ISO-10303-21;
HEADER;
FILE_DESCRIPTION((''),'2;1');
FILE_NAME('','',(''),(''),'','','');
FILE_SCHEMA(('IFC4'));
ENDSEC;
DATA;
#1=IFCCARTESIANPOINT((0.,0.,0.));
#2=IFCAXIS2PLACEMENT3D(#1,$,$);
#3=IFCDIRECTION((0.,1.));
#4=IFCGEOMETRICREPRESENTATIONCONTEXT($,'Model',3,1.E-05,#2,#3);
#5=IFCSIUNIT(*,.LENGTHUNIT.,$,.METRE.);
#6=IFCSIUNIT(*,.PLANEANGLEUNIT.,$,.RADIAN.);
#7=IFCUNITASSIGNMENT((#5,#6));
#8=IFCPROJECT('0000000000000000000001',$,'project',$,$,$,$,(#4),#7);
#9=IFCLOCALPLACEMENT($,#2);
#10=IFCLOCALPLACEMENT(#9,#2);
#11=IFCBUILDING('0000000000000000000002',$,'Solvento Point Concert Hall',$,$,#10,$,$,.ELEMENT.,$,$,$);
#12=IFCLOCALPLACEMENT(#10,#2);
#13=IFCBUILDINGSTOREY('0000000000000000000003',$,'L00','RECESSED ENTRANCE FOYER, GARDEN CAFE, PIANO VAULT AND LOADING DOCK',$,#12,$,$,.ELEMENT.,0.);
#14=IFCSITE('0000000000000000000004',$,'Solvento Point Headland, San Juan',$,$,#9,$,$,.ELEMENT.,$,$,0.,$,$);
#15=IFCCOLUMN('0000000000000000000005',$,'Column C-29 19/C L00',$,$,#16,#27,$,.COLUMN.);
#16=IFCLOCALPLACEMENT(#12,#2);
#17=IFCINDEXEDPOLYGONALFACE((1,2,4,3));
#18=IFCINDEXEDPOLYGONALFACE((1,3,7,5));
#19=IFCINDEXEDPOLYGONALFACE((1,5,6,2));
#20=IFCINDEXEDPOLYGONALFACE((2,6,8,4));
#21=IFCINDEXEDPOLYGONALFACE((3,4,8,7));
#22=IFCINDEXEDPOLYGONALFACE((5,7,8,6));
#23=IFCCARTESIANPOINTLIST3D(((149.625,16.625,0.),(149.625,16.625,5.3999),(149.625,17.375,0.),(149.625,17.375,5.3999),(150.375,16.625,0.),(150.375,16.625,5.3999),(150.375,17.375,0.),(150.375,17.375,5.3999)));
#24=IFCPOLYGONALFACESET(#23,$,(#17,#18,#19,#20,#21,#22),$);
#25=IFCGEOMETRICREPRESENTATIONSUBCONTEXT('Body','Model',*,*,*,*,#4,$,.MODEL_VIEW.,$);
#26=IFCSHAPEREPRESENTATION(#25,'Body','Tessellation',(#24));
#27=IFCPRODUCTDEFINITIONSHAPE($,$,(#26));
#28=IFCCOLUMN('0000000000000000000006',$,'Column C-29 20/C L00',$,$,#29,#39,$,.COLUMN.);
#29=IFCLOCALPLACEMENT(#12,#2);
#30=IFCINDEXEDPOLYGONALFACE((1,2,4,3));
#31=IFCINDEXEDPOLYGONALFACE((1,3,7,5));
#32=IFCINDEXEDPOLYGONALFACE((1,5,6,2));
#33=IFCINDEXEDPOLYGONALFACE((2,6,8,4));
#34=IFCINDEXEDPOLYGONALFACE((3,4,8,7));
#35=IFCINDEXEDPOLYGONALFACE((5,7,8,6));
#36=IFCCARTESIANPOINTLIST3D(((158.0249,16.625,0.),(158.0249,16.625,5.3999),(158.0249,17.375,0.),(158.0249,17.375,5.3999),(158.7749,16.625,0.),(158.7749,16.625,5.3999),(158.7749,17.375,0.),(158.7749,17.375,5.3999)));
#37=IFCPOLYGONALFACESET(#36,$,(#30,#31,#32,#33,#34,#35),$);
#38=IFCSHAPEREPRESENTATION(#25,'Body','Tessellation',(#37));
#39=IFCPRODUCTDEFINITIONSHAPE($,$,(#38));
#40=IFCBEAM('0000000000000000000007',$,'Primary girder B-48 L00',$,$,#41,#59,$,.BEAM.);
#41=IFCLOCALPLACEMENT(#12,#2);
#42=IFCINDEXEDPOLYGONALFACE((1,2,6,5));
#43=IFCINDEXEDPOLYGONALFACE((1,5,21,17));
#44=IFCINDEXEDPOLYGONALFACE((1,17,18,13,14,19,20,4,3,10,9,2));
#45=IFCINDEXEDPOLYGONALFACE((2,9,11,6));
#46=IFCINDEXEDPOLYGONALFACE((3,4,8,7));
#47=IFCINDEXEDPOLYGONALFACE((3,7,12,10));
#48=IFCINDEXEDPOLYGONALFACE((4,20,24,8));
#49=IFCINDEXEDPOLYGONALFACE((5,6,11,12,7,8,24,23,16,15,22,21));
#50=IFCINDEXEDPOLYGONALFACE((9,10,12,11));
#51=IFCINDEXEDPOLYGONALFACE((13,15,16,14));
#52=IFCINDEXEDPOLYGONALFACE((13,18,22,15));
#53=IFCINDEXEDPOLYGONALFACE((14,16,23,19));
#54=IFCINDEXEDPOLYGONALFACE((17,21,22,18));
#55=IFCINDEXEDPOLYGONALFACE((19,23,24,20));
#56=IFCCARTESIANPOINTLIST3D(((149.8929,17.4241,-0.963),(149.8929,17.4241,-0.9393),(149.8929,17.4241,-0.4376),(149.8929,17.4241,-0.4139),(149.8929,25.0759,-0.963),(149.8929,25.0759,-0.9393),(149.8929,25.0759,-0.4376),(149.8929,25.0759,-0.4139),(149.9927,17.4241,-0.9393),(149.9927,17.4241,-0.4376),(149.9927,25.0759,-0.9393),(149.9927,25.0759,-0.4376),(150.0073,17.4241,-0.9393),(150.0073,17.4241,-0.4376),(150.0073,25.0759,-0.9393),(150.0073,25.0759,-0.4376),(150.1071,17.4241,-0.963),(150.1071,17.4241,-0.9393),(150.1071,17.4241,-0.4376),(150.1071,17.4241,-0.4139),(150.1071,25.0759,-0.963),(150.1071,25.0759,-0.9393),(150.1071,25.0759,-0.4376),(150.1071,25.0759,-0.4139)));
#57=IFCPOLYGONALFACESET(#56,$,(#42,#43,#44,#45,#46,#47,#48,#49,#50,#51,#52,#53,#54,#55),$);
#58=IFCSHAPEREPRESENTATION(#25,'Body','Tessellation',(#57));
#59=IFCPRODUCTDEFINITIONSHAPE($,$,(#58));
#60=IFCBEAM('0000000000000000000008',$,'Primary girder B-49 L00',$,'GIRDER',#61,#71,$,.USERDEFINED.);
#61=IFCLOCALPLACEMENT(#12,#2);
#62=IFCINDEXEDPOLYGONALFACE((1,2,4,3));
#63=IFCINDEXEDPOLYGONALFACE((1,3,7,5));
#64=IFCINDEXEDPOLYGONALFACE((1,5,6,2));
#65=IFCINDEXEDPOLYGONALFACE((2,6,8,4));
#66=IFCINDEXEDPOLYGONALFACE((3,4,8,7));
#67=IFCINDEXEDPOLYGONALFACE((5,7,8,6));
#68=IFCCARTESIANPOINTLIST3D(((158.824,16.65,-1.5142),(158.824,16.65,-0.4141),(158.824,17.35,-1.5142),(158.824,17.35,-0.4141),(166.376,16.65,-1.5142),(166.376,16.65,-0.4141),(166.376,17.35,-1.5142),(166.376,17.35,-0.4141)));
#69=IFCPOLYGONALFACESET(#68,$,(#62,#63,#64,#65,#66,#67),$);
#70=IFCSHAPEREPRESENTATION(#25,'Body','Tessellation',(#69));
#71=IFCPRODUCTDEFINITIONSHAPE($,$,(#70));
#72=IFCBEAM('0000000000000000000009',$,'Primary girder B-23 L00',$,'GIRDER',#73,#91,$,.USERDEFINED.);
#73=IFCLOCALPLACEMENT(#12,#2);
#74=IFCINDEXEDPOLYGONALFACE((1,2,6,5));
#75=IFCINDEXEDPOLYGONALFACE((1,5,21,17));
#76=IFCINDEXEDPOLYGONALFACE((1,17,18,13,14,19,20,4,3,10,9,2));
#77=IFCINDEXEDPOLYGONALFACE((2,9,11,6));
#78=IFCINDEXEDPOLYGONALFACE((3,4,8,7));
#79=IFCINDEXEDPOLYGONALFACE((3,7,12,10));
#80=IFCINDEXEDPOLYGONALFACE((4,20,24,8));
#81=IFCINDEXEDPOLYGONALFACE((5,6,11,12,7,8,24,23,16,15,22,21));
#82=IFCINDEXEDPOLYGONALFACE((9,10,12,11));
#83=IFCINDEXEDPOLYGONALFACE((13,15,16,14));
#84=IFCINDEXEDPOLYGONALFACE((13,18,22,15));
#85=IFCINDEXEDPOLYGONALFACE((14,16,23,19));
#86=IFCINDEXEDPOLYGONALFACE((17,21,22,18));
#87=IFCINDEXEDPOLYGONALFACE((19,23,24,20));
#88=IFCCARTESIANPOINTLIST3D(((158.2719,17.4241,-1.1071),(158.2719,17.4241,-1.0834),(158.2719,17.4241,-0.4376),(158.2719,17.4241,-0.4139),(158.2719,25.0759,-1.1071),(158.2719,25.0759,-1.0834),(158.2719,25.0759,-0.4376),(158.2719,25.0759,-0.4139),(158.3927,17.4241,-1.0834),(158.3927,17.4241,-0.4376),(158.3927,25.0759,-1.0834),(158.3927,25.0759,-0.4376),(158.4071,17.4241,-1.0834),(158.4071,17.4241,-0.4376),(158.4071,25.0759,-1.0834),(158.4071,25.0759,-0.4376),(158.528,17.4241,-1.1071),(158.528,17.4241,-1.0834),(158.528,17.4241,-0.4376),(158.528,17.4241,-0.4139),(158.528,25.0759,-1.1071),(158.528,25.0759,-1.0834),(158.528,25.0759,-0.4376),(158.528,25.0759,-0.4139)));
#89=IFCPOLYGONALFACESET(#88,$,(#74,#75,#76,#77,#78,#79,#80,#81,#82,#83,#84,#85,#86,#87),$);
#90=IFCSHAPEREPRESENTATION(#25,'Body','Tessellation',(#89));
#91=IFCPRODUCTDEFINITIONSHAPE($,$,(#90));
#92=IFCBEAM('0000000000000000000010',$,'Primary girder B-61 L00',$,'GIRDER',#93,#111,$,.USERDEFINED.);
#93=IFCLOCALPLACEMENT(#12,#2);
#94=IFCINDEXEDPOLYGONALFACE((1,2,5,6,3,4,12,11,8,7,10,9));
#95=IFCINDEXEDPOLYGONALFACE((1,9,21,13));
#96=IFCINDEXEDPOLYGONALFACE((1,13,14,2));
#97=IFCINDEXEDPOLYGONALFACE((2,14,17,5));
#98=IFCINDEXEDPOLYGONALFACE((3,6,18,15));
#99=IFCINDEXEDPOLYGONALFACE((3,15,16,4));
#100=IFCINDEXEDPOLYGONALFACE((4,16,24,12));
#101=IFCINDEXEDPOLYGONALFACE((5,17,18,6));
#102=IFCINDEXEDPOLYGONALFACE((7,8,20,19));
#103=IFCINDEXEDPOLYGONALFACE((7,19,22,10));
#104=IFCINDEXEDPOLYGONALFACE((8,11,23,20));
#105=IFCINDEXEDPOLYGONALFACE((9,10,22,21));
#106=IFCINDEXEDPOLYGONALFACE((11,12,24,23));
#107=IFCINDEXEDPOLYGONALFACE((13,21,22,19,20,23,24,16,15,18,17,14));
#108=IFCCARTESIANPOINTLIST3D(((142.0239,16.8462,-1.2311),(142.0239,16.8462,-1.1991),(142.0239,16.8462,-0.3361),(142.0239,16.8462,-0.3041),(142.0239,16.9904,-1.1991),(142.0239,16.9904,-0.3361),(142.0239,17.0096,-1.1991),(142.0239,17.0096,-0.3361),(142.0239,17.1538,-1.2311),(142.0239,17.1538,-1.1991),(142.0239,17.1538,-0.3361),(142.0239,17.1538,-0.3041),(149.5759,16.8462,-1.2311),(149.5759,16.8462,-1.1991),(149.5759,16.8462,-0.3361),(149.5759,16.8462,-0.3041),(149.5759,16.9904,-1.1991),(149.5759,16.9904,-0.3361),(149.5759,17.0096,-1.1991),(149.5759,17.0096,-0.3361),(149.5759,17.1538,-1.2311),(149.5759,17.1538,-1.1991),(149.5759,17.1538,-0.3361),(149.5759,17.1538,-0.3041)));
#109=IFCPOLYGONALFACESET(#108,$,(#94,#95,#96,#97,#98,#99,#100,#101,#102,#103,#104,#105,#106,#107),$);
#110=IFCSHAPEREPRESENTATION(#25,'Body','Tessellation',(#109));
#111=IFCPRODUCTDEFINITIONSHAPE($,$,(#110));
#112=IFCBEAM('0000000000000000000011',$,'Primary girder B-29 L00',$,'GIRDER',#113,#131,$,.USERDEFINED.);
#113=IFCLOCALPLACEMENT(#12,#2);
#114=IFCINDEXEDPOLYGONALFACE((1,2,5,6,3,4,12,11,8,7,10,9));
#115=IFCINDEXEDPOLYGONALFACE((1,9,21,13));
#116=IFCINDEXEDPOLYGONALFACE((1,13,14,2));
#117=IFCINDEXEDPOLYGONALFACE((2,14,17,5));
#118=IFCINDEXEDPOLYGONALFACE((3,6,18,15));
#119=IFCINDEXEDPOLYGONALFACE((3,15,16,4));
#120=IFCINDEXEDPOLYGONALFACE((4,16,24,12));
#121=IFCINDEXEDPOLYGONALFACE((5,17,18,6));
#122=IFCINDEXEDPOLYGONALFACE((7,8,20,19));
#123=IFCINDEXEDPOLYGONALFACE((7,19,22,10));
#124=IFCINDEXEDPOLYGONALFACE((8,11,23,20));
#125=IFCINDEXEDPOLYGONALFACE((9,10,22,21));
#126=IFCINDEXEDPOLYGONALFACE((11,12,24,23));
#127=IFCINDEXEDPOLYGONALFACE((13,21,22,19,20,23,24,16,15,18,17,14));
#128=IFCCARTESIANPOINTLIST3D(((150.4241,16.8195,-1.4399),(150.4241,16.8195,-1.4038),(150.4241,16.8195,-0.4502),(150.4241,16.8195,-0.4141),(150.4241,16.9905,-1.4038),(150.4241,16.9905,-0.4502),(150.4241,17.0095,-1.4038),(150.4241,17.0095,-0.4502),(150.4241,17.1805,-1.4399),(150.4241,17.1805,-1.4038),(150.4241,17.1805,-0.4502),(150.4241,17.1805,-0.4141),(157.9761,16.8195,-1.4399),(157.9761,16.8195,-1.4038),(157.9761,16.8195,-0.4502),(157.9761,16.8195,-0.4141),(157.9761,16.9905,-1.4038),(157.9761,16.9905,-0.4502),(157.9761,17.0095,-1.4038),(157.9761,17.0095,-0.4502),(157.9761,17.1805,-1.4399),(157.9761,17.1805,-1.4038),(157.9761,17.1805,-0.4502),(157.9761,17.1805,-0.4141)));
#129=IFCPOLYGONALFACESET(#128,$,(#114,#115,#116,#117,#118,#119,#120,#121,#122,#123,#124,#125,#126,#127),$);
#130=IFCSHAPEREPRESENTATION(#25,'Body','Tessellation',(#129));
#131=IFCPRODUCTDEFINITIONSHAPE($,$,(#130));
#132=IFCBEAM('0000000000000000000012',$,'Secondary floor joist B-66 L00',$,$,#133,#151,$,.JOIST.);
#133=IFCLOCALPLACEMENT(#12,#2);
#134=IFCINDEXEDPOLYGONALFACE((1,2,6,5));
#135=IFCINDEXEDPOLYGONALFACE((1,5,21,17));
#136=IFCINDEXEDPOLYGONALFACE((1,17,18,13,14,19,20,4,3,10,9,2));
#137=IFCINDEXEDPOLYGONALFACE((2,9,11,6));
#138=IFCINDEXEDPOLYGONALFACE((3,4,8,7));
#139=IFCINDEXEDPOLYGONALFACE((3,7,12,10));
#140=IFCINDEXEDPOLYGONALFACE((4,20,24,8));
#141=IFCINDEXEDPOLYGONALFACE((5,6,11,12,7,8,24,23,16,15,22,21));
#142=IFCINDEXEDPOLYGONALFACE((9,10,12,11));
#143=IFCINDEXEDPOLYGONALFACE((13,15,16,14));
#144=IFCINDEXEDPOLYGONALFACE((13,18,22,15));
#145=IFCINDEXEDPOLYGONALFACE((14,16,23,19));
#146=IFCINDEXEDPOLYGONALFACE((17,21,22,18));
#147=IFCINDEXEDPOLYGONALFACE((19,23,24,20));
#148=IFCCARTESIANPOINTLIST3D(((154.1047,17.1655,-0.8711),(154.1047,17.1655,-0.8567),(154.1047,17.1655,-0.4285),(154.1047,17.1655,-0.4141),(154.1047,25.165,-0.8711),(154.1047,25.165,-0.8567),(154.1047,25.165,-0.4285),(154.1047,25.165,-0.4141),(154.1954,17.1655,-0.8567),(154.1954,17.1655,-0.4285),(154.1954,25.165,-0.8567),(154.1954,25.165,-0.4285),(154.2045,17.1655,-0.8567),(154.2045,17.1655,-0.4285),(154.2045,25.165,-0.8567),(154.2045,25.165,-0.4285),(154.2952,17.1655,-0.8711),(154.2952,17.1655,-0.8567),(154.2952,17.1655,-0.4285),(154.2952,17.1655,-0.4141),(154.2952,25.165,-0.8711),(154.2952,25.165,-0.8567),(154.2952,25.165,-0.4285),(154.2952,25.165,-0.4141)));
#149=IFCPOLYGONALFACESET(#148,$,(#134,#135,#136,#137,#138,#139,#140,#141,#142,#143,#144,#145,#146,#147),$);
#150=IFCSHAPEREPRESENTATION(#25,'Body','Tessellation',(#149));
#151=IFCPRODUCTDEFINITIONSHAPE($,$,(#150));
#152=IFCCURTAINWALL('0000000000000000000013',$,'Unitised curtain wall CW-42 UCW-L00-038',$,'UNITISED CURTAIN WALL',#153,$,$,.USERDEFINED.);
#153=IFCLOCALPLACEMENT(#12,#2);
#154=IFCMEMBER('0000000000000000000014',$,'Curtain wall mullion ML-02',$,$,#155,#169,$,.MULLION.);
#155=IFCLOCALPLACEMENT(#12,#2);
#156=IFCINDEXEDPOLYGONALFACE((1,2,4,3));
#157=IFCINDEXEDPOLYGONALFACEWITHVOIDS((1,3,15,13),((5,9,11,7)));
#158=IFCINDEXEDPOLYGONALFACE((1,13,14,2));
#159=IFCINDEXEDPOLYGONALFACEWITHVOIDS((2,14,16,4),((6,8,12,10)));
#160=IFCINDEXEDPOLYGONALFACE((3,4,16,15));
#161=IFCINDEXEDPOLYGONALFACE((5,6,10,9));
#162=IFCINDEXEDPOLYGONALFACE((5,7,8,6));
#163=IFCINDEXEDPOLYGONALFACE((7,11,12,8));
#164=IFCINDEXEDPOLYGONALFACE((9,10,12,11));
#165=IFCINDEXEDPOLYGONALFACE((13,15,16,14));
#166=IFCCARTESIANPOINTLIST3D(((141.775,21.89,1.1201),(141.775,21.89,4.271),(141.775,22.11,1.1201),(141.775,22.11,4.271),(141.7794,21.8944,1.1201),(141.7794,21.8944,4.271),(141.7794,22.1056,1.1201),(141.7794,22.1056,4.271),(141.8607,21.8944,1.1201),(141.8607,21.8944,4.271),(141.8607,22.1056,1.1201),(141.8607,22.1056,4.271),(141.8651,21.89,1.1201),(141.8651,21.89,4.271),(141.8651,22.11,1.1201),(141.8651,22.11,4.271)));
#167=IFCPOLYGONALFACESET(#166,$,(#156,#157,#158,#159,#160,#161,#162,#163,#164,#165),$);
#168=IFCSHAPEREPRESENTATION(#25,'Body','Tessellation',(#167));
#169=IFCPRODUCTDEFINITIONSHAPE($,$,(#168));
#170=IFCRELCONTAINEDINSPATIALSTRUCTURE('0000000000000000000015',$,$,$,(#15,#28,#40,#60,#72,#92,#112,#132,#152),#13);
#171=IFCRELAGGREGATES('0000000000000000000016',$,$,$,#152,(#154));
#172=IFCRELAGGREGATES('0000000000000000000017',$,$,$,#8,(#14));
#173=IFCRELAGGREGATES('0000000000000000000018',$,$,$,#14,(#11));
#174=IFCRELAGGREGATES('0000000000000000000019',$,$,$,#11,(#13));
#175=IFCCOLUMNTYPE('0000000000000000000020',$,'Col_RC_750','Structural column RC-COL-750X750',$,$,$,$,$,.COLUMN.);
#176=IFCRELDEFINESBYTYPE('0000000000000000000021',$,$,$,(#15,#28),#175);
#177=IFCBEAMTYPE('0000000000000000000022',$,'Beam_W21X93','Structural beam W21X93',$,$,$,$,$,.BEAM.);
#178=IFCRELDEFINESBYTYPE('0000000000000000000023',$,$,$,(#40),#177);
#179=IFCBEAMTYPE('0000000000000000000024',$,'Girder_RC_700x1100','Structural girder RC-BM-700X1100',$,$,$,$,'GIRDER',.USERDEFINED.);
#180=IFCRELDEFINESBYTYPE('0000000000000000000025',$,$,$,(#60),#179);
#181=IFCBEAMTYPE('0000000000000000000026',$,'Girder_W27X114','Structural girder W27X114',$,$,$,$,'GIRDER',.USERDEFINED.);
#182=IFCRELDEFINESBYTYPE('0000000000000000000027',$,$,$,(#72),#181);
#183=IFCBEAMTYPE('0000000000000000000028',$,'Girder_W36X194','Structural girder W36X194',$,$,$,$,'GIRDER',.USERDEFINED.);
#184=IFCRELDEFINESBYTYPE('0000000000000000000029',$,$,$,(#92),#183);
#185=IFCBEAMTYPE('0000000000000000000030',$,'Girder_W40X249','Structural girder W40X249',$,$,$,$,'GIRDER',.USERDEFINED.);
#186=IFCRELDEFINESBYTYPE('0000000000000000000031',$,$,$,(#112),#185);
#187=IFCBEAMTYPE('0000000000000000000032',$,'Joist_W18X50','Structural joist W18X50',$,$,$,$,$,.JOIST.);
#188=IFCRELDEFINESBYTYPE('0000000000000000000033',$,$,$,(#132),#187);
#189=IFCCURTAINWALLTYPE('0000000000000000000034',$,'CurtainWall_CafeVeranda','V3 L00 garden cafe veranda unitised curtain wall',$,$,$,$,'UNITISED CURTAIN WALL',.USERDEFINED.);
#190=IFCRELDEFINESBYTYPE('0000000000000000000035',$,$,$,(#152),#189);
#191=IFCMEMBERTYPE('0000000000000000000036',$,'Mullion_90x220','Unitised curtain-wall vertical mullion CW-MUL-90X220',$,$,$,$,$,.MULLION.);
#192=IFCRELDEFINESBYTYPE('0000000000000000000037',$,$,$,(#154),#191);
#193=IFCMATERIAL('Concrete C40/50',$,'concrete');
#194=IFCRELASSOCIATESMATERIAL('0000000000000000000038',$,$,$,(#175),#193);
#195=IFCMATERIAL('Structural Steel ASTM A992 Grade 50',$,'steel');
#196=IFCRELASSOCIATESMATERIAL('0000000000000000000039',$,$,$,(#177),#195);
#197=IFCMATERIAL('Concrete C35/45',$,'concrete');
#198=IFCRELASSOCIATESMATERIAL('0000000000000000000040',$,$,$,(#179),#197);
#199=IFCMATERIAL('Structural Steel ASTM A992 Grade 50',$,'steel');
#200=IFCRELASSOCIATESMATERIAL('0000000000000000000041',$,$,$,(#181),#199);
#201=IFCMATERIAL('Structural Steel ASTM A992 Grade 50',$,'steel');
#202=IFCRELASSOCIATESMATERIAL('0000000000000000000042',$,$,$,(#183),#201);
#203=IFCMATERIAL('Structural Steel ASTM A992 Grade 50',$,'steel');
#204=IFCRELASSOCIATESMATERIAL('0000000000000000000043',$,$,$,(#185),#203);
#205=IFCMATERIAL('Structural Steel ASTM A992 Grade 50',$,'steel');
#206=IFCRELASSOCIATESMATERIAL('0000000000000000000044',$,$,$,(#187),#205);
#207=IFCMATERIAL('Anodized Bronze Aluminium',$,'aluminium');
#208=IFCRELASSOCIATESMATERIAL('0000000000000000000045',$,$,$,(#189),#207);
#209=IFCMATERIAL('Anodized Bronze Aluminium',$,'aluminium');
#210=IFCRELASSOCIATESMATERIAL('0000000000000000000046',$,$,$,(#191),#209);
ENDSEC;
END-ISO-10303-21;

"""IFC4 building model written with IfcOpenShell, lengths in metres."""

from ifc_helpers import new_model, si_unit, direction, frame, origin, origin_2d, place, context, subcontext, project, spatial, rectangle, hollow_rectangle, i_section, extrude, material, material_profile, profile_set, type_object, element, aggregate, save


model = new_model("IFC4")

# Units and contexts
model_context = context("Model", 3, precision=1e-05, world=origin(), true_north=direction((0.0, 1.0)))
body_context = subcontext(model_context, "Body", "Model", "MODEL_VIEW")
ifc_project = project(units=[si_unit("LENGTHUNIT", "METRE"), si_unit("PLANEANGLEUNIT", "RADIAN")], contexts=[model_context])

# Site, building, storey
site_placement = place(None, origin())
site = spatial("IfcSite", under=ifc_project, at=site_placement, Name="Solvento Point Headland, San Juan", CompositionType="ELEMENT", RefElevation=0.0)
building_placement = place(site_placement, origin())
building = spatial("IfcBuilding", under=site, at=building_placement, Name="Solvento Point Concert Hall", CompositionType="ELEMENT")
storey_placement = place(building_placement, origin())
storey = spatial("IfcBuildingStorey", under=building, at=storey_placement, Name="L00", Description="RECESSED ENTRANCE FOYER, GARDEN CAFE, PIANO VAULT AND LOADING DOCK", CompositionType="ELEMENT", Elevation=0.0)

# Columns
ifc_material_1 = material(Name="Concrete C40/50", Category="concrete")
ifc_material_profile_1 = material_profile(ifc_material_1, rectangle(XDim=0.75, YDim=0.75, at=origin_2d()), Name="RC-COL-750X750")
ifc_profile_set_1 = profile_set([ifc_material_profile_1], Name="Concrete C40/50")
column_type = type_object("IfcColumnType", Name="Col_RC_750", Description="Structural column RC-COL-750X750", PredefinedType="COLUMN", material=ifc_profile_set_1)
for number, where, z_axis, x_axis, name in (
    (1, (150.0, 17.0, 0.0), (0.0, 0.0, 1.0), (1.0, 0.0, 0.0), "Column C-29 19/C L00"),
    (2, (158.3999, 17.0, 0.0), (0.0, 0.0, 1.0), (1.0, 0.0, 0.0), "Column C-29 20/C L00"),
):
    element("IfcColumn", number, at=place(storey_placement, frame(where, z_axis=z_axis, x_axis=x_axis)), inside=storey, type_object=column_type, Name=name, PredefinedType="COLUMN", context=body_context, shape_type="SweptSolid", body=[
        extrude(rectangle(XDim=0.75, YDim=0.75, at=origin_2d()), origin(), (0.0, 0.0, 1.0), 5.3999),
    ])

# Beams
ifc_material_2 = material(Name="Structural Steel ASTM A992 Grade 50", Category="steel")
ifc_material_profile_2 = material_profile(ifc_material_2, i_section(OverallWidth=0.2141, OverallDepth=0.5491, WebThickness=0.0146, FlangeThickness=0.0237, at=origin_2d()), Name="W21X93")
ifc_profile_set_2 = profile_set([ifc_material_profile_2], Name="Structural Steel ASTM A992 Grade 50")
beam_type_1 = type_object("IfcBeamType", Name="Beam_W21X93", Description="Structural beam W21X93", PredefinedType="BEAM", material=ifc_profile_set_2)
beam_1_placement = place(storey_placement, frame((150.0, 17.4241, -0.6885), z_axis=(0.0, 1.0, 0.0), x_axis=(-1.0, 0.0, 0.0)))
element("IfcBeam", 3, at=beam_1_placement, inside=storey, type_object=beam_type_1, Name="Primary girder B-48 L00", PredefinedType="BEAM", context=body_context, shape_type="SweptSolid", body=[
    extrude(i_section(OverallWidth=0.2141, OverallDepth=0.5491, WebThickness=0.0146, FlangeThickness=0.0237, at=origin_2d()), origin(), (0.0, 0.0, 1.0), 7.6519),
])
ifc_material_3 = material(Name="Concrete C35/45", Category="concrete")
ifc_material_profile_3 = material_profile(ifc_material_3, rectangle(XDim=0.7, YDim=1.1001, at=origin_2d()), Name="RC-BM-700X1100")
ifc_profile_set_3 = profile_set([ifc_material_profile_3], Name="Concrete C35/45")
beam_type_2 = type_object("IfcBeamType", Name="Girder_RC_700x1100", Description="Structural girder RC-BM-700X1100", ElementType="GIRDER", PredefinedType="USERDEFINED", material=ifc_profile_set_3)
beam_2_placement = place(storey_placement, frame((158.824, 17.0, -0.9641), z_axis=(1.0, 0.0, 0.0), x_axis=(0.0, 1.0, 0.0)))
element("IfcBeam", 4, at=beam_2_placement, inside=storey, type_object=beam_type_2, Name="Primary girder B-49 L00", ObjectType="GIRDER", PredefinedType="USERDEFINED", context=body_context, shape_type="SweptSolid", body=[
    extrude(rectangle(XDim=0.7, YDim=1.1001, at=origin_2d()), origin(), (0.0, 0.0, 1.0), 7.552),
])
ifc_material_4 = material(Name="Structural Steel ASTM A992 Grade 50", Category="steel")
ifc_material_profile_4 = material_profile(ifc_material_4, i_section(OverallWidth=0.2561, OverallDepth=0.6931, WebThickness=0.0144, FlangeThickness=0.0237, at=origin_2d()), Name="W27X114")
ifc_profile_set_4 = profile_set([ifc_material_profile_4], Name="Structural Steel ASTM A992 Grade 50")
beam_type_3 = type_object("IfcBeamType", Name="Girder_W27X114", Description="Structural girder W27X114", ElementType="GIRDER", PredefinedType="USERDEFINED", material=ifc_profile_set_4)
beam_3_placement = place(storey_placement, frame((158.3999, 17.4241, -0.7605), z_axis=(0.0, 1.0, 0.0), x_axis=(-1.0, 0.0, 0.0)))
element("IfcBeam", 5, at=beam_3_placement, inside=storey, type_object=beam_type_3, Name="Primary girder B-23 L00", ObjectType="GIRDER", PredefinedType="USERDEFINED", context=body_context, shape_type="SweptSolid", body=[
    extrude(i_section(OverallWidth=0.2561, OverallDepth=0.6931, WebThickness=0.0144, FlangeThickness=0.0237, at=origin_2d()), origin(), (0.0, 0.0, 1.0), 7.6519),
])
ifc_material_5 = material(Name="Structural Steel ASTM A992 Grade 50", Category="steel")
ifc_material_profile_5 = material_profile(ifc_material_5, i_section(OverallWidth=0.3076, OverallDepth=0.927, WebThickness=0.0193, FlangeThickness=0.032, at=origin_2d()), Name="W36X194")
ifc_profile_set_5 = profile_set([ifc_material_profile_5], Name="Structural Steel ASTM A992 Grade 50")
beam_type_4 = type_object("IfcBeamType", Name="Girder_W36X194", Description="Structural girder W36X194", ElementType="GIRDER", PredefinedType="USERDEFINED", material=ifc_profile_set_5)
beam_4_placement = place(storey_placement, frame((142.0239, 17.0, -0.7676), z_axis=(1.0, 0.0, 0.0), x_axis=(0.0, 1.0, 0.0)))
element("IfcBeam", 6, at=beam_4_placement, inside=storey, type_object=beam_type_4, Name="Primary girder B-61 L00", ObjectType="GIRDER", PredefinedType="USERDEFINED", context=body_context, shape_type="SweptSolid", body=[
    extrude(i_section(OverallWidth=0.3076, OverallDepth=0.927, WebThickness=0.0193, FlangeThickness=0.032, at=origin_2d()), origin(), (0.0, 0.0, 1.0), 7.552),
])
ifc_material_6 = material(Name="Structural Steel ASTM A992 Grade 50", Category="steel")
ifc_material_profile_6 = material_profile(ifc_material_6, i_section(OverallWidth=0.3611, OverallDepth=1.0259, WebThickness=0.019, FlangeThickness=0.0361, at=origin_2d()), Name="W40X249")
ifc_profile_set_6 = profile_set([ifc_material_profile_6], Name="Structural Steel ASTM A992 Grade 50")
beam_type_5 = type_object("IfcBeamType", Name="Girder_W40X249", Description="Structural girder W40X249", ElementType="GIRDER", PredefinedType="USERDEFINED", material=ifc_profile_set_6)
beam_5_placement = place(storey_placement, frame((150.4241, 17.0, -0.927), z_axis=(1.0, 0.0, 0.0), x_axis=(0.0, 1.0, 0.0)))
element("IfcBeam", 7, at=beam_5_placement, inside=storey, type_object=beam_type_5, Name="Primary girder B-29 L00", ObjectType="GIRDER", PredefinedType="USERDEFINED", context=body_context, shape_type="SweptSolid", body=[
    extrude(i_section(OverallWidth=0.3611, OverallDepth=1.0259, WebThickness=0.019, FlangeThickness=0.0361, at=origin_2d()), origin(), (0.0, 0.0, 1.0), 7.552),
])
ifc_material_7 = material(Name="Structural Steel ASTM A992 Grade 50", Category="steel")
ifc_material_profile_7 = material_profile(ifc_material_7, i_section(OverallWidth=0.1904, OverallDepth=0.457, WebThickness=0.009, FlangeThickness=0.0144, at=origin_2d()), Name="W18X50")
ifc_profile_set_7 = profile_set([ifc_material_profile_7], Name="Structural Steel ASTM A992 Grade 50")
beam_type_6 = type_object("IfcBeamType", Name="Joist_W18X50", Description="Structural joist W18X50", PredefinedType="JOIST", material=ifc_profile_set_7)
beam_6_placement = place(storey_placement, frame((154.2, 17.1655, -0.6426), z_axis=(0.0, 1.0, 0.0), x_axis=(-1.0, 0.0, 0.0)))
element("IfcBeam", 8, at=beam_6_placement, inside=storey, type_object=beam_type_6, Name="Secondary floor joist B-66 L00", PredefinedType="JOIST", context=body_context, shape_type="SweptSolid", body=[
    extrude(i_section(OverallWidth=0.1904, OverallDepth=0.457, WebThickness=0.009, FlangeThickness=0.0144, at=origin_2d()), origin(), (0.0, 0.0, 1.0), 7.9995),
])

# Curtain wall, member
ifc_material_8 = material(Name="Anodized Bronze Aluminium", Category="aluminium")
curtain_wall_type = type_object("IfcCurtainWallType", Name="CurtainWall_CafeVeranda", Description="V3 L00 garden cafe veranda unitised curtain wall", ElementType="UNITISED CURTAIN WALL", PredefinedType="USERDEFINED", material=ifc_material_8)
curtain_wall_1_placement = place(storey_placement, origin())
curtain_wall_1 = element("IfcCurtainWall", 9, at=curtain_wall_1_placement, inside=storey, type_object=curtain_wall_type, Name="Unitised curtain wall CW-42 UCW-L00-038", ObjectType="UNITISED CURTAIN WALL", PredefinedType="USERDEFINED")
ifc_material_9 = material(Name="Anodized Bronze Aluminium", Category="aluminium")
ifc_material_profile_8 = material_profile(ifc_material_9, hollow_rectangle(XDim=0.0901, YDim=0.22, WallThickness=0.0044, at=origin_2d()), Name="CW-MUL-90X220")
ifc_profile_set_8 = profile_set([ifc_material_profile_8], Name="Anodized Bronze Aluminium")
member_type_1 = type_object("IfcMemberType", Name="Mullion_90x220", Description="Unitised curtain-wall vertical mullion CW-MUL-90X220", PredefinedType="MULLION", material=ifc_profile_set_8)
member_1_placement = place(storey_placement, frame((141.8201, 22.0, 1.1201), z_axis=(0.0, 0.0, 1.0), x_axis=(1.0, 0.0, 0.0)))
member_1 = element("IfcMember", 10, at=member_1_placement, type_object=member_type_1, Name="Curtain wall mullion ML-02", PredefinedType="MULLION", context=body_context, shape_type="SweptSolid", body=[
    extrude(hollow_rectangle(XDim=0.0901, YDim=0.22, WallThickness=0.0044, at=origin_2d()), origin(), (0.0, 0.0, 1.0), 3.1509),
])

aggregate(curtain_wall_1, [member_1])

save(model, "model.ifc")
